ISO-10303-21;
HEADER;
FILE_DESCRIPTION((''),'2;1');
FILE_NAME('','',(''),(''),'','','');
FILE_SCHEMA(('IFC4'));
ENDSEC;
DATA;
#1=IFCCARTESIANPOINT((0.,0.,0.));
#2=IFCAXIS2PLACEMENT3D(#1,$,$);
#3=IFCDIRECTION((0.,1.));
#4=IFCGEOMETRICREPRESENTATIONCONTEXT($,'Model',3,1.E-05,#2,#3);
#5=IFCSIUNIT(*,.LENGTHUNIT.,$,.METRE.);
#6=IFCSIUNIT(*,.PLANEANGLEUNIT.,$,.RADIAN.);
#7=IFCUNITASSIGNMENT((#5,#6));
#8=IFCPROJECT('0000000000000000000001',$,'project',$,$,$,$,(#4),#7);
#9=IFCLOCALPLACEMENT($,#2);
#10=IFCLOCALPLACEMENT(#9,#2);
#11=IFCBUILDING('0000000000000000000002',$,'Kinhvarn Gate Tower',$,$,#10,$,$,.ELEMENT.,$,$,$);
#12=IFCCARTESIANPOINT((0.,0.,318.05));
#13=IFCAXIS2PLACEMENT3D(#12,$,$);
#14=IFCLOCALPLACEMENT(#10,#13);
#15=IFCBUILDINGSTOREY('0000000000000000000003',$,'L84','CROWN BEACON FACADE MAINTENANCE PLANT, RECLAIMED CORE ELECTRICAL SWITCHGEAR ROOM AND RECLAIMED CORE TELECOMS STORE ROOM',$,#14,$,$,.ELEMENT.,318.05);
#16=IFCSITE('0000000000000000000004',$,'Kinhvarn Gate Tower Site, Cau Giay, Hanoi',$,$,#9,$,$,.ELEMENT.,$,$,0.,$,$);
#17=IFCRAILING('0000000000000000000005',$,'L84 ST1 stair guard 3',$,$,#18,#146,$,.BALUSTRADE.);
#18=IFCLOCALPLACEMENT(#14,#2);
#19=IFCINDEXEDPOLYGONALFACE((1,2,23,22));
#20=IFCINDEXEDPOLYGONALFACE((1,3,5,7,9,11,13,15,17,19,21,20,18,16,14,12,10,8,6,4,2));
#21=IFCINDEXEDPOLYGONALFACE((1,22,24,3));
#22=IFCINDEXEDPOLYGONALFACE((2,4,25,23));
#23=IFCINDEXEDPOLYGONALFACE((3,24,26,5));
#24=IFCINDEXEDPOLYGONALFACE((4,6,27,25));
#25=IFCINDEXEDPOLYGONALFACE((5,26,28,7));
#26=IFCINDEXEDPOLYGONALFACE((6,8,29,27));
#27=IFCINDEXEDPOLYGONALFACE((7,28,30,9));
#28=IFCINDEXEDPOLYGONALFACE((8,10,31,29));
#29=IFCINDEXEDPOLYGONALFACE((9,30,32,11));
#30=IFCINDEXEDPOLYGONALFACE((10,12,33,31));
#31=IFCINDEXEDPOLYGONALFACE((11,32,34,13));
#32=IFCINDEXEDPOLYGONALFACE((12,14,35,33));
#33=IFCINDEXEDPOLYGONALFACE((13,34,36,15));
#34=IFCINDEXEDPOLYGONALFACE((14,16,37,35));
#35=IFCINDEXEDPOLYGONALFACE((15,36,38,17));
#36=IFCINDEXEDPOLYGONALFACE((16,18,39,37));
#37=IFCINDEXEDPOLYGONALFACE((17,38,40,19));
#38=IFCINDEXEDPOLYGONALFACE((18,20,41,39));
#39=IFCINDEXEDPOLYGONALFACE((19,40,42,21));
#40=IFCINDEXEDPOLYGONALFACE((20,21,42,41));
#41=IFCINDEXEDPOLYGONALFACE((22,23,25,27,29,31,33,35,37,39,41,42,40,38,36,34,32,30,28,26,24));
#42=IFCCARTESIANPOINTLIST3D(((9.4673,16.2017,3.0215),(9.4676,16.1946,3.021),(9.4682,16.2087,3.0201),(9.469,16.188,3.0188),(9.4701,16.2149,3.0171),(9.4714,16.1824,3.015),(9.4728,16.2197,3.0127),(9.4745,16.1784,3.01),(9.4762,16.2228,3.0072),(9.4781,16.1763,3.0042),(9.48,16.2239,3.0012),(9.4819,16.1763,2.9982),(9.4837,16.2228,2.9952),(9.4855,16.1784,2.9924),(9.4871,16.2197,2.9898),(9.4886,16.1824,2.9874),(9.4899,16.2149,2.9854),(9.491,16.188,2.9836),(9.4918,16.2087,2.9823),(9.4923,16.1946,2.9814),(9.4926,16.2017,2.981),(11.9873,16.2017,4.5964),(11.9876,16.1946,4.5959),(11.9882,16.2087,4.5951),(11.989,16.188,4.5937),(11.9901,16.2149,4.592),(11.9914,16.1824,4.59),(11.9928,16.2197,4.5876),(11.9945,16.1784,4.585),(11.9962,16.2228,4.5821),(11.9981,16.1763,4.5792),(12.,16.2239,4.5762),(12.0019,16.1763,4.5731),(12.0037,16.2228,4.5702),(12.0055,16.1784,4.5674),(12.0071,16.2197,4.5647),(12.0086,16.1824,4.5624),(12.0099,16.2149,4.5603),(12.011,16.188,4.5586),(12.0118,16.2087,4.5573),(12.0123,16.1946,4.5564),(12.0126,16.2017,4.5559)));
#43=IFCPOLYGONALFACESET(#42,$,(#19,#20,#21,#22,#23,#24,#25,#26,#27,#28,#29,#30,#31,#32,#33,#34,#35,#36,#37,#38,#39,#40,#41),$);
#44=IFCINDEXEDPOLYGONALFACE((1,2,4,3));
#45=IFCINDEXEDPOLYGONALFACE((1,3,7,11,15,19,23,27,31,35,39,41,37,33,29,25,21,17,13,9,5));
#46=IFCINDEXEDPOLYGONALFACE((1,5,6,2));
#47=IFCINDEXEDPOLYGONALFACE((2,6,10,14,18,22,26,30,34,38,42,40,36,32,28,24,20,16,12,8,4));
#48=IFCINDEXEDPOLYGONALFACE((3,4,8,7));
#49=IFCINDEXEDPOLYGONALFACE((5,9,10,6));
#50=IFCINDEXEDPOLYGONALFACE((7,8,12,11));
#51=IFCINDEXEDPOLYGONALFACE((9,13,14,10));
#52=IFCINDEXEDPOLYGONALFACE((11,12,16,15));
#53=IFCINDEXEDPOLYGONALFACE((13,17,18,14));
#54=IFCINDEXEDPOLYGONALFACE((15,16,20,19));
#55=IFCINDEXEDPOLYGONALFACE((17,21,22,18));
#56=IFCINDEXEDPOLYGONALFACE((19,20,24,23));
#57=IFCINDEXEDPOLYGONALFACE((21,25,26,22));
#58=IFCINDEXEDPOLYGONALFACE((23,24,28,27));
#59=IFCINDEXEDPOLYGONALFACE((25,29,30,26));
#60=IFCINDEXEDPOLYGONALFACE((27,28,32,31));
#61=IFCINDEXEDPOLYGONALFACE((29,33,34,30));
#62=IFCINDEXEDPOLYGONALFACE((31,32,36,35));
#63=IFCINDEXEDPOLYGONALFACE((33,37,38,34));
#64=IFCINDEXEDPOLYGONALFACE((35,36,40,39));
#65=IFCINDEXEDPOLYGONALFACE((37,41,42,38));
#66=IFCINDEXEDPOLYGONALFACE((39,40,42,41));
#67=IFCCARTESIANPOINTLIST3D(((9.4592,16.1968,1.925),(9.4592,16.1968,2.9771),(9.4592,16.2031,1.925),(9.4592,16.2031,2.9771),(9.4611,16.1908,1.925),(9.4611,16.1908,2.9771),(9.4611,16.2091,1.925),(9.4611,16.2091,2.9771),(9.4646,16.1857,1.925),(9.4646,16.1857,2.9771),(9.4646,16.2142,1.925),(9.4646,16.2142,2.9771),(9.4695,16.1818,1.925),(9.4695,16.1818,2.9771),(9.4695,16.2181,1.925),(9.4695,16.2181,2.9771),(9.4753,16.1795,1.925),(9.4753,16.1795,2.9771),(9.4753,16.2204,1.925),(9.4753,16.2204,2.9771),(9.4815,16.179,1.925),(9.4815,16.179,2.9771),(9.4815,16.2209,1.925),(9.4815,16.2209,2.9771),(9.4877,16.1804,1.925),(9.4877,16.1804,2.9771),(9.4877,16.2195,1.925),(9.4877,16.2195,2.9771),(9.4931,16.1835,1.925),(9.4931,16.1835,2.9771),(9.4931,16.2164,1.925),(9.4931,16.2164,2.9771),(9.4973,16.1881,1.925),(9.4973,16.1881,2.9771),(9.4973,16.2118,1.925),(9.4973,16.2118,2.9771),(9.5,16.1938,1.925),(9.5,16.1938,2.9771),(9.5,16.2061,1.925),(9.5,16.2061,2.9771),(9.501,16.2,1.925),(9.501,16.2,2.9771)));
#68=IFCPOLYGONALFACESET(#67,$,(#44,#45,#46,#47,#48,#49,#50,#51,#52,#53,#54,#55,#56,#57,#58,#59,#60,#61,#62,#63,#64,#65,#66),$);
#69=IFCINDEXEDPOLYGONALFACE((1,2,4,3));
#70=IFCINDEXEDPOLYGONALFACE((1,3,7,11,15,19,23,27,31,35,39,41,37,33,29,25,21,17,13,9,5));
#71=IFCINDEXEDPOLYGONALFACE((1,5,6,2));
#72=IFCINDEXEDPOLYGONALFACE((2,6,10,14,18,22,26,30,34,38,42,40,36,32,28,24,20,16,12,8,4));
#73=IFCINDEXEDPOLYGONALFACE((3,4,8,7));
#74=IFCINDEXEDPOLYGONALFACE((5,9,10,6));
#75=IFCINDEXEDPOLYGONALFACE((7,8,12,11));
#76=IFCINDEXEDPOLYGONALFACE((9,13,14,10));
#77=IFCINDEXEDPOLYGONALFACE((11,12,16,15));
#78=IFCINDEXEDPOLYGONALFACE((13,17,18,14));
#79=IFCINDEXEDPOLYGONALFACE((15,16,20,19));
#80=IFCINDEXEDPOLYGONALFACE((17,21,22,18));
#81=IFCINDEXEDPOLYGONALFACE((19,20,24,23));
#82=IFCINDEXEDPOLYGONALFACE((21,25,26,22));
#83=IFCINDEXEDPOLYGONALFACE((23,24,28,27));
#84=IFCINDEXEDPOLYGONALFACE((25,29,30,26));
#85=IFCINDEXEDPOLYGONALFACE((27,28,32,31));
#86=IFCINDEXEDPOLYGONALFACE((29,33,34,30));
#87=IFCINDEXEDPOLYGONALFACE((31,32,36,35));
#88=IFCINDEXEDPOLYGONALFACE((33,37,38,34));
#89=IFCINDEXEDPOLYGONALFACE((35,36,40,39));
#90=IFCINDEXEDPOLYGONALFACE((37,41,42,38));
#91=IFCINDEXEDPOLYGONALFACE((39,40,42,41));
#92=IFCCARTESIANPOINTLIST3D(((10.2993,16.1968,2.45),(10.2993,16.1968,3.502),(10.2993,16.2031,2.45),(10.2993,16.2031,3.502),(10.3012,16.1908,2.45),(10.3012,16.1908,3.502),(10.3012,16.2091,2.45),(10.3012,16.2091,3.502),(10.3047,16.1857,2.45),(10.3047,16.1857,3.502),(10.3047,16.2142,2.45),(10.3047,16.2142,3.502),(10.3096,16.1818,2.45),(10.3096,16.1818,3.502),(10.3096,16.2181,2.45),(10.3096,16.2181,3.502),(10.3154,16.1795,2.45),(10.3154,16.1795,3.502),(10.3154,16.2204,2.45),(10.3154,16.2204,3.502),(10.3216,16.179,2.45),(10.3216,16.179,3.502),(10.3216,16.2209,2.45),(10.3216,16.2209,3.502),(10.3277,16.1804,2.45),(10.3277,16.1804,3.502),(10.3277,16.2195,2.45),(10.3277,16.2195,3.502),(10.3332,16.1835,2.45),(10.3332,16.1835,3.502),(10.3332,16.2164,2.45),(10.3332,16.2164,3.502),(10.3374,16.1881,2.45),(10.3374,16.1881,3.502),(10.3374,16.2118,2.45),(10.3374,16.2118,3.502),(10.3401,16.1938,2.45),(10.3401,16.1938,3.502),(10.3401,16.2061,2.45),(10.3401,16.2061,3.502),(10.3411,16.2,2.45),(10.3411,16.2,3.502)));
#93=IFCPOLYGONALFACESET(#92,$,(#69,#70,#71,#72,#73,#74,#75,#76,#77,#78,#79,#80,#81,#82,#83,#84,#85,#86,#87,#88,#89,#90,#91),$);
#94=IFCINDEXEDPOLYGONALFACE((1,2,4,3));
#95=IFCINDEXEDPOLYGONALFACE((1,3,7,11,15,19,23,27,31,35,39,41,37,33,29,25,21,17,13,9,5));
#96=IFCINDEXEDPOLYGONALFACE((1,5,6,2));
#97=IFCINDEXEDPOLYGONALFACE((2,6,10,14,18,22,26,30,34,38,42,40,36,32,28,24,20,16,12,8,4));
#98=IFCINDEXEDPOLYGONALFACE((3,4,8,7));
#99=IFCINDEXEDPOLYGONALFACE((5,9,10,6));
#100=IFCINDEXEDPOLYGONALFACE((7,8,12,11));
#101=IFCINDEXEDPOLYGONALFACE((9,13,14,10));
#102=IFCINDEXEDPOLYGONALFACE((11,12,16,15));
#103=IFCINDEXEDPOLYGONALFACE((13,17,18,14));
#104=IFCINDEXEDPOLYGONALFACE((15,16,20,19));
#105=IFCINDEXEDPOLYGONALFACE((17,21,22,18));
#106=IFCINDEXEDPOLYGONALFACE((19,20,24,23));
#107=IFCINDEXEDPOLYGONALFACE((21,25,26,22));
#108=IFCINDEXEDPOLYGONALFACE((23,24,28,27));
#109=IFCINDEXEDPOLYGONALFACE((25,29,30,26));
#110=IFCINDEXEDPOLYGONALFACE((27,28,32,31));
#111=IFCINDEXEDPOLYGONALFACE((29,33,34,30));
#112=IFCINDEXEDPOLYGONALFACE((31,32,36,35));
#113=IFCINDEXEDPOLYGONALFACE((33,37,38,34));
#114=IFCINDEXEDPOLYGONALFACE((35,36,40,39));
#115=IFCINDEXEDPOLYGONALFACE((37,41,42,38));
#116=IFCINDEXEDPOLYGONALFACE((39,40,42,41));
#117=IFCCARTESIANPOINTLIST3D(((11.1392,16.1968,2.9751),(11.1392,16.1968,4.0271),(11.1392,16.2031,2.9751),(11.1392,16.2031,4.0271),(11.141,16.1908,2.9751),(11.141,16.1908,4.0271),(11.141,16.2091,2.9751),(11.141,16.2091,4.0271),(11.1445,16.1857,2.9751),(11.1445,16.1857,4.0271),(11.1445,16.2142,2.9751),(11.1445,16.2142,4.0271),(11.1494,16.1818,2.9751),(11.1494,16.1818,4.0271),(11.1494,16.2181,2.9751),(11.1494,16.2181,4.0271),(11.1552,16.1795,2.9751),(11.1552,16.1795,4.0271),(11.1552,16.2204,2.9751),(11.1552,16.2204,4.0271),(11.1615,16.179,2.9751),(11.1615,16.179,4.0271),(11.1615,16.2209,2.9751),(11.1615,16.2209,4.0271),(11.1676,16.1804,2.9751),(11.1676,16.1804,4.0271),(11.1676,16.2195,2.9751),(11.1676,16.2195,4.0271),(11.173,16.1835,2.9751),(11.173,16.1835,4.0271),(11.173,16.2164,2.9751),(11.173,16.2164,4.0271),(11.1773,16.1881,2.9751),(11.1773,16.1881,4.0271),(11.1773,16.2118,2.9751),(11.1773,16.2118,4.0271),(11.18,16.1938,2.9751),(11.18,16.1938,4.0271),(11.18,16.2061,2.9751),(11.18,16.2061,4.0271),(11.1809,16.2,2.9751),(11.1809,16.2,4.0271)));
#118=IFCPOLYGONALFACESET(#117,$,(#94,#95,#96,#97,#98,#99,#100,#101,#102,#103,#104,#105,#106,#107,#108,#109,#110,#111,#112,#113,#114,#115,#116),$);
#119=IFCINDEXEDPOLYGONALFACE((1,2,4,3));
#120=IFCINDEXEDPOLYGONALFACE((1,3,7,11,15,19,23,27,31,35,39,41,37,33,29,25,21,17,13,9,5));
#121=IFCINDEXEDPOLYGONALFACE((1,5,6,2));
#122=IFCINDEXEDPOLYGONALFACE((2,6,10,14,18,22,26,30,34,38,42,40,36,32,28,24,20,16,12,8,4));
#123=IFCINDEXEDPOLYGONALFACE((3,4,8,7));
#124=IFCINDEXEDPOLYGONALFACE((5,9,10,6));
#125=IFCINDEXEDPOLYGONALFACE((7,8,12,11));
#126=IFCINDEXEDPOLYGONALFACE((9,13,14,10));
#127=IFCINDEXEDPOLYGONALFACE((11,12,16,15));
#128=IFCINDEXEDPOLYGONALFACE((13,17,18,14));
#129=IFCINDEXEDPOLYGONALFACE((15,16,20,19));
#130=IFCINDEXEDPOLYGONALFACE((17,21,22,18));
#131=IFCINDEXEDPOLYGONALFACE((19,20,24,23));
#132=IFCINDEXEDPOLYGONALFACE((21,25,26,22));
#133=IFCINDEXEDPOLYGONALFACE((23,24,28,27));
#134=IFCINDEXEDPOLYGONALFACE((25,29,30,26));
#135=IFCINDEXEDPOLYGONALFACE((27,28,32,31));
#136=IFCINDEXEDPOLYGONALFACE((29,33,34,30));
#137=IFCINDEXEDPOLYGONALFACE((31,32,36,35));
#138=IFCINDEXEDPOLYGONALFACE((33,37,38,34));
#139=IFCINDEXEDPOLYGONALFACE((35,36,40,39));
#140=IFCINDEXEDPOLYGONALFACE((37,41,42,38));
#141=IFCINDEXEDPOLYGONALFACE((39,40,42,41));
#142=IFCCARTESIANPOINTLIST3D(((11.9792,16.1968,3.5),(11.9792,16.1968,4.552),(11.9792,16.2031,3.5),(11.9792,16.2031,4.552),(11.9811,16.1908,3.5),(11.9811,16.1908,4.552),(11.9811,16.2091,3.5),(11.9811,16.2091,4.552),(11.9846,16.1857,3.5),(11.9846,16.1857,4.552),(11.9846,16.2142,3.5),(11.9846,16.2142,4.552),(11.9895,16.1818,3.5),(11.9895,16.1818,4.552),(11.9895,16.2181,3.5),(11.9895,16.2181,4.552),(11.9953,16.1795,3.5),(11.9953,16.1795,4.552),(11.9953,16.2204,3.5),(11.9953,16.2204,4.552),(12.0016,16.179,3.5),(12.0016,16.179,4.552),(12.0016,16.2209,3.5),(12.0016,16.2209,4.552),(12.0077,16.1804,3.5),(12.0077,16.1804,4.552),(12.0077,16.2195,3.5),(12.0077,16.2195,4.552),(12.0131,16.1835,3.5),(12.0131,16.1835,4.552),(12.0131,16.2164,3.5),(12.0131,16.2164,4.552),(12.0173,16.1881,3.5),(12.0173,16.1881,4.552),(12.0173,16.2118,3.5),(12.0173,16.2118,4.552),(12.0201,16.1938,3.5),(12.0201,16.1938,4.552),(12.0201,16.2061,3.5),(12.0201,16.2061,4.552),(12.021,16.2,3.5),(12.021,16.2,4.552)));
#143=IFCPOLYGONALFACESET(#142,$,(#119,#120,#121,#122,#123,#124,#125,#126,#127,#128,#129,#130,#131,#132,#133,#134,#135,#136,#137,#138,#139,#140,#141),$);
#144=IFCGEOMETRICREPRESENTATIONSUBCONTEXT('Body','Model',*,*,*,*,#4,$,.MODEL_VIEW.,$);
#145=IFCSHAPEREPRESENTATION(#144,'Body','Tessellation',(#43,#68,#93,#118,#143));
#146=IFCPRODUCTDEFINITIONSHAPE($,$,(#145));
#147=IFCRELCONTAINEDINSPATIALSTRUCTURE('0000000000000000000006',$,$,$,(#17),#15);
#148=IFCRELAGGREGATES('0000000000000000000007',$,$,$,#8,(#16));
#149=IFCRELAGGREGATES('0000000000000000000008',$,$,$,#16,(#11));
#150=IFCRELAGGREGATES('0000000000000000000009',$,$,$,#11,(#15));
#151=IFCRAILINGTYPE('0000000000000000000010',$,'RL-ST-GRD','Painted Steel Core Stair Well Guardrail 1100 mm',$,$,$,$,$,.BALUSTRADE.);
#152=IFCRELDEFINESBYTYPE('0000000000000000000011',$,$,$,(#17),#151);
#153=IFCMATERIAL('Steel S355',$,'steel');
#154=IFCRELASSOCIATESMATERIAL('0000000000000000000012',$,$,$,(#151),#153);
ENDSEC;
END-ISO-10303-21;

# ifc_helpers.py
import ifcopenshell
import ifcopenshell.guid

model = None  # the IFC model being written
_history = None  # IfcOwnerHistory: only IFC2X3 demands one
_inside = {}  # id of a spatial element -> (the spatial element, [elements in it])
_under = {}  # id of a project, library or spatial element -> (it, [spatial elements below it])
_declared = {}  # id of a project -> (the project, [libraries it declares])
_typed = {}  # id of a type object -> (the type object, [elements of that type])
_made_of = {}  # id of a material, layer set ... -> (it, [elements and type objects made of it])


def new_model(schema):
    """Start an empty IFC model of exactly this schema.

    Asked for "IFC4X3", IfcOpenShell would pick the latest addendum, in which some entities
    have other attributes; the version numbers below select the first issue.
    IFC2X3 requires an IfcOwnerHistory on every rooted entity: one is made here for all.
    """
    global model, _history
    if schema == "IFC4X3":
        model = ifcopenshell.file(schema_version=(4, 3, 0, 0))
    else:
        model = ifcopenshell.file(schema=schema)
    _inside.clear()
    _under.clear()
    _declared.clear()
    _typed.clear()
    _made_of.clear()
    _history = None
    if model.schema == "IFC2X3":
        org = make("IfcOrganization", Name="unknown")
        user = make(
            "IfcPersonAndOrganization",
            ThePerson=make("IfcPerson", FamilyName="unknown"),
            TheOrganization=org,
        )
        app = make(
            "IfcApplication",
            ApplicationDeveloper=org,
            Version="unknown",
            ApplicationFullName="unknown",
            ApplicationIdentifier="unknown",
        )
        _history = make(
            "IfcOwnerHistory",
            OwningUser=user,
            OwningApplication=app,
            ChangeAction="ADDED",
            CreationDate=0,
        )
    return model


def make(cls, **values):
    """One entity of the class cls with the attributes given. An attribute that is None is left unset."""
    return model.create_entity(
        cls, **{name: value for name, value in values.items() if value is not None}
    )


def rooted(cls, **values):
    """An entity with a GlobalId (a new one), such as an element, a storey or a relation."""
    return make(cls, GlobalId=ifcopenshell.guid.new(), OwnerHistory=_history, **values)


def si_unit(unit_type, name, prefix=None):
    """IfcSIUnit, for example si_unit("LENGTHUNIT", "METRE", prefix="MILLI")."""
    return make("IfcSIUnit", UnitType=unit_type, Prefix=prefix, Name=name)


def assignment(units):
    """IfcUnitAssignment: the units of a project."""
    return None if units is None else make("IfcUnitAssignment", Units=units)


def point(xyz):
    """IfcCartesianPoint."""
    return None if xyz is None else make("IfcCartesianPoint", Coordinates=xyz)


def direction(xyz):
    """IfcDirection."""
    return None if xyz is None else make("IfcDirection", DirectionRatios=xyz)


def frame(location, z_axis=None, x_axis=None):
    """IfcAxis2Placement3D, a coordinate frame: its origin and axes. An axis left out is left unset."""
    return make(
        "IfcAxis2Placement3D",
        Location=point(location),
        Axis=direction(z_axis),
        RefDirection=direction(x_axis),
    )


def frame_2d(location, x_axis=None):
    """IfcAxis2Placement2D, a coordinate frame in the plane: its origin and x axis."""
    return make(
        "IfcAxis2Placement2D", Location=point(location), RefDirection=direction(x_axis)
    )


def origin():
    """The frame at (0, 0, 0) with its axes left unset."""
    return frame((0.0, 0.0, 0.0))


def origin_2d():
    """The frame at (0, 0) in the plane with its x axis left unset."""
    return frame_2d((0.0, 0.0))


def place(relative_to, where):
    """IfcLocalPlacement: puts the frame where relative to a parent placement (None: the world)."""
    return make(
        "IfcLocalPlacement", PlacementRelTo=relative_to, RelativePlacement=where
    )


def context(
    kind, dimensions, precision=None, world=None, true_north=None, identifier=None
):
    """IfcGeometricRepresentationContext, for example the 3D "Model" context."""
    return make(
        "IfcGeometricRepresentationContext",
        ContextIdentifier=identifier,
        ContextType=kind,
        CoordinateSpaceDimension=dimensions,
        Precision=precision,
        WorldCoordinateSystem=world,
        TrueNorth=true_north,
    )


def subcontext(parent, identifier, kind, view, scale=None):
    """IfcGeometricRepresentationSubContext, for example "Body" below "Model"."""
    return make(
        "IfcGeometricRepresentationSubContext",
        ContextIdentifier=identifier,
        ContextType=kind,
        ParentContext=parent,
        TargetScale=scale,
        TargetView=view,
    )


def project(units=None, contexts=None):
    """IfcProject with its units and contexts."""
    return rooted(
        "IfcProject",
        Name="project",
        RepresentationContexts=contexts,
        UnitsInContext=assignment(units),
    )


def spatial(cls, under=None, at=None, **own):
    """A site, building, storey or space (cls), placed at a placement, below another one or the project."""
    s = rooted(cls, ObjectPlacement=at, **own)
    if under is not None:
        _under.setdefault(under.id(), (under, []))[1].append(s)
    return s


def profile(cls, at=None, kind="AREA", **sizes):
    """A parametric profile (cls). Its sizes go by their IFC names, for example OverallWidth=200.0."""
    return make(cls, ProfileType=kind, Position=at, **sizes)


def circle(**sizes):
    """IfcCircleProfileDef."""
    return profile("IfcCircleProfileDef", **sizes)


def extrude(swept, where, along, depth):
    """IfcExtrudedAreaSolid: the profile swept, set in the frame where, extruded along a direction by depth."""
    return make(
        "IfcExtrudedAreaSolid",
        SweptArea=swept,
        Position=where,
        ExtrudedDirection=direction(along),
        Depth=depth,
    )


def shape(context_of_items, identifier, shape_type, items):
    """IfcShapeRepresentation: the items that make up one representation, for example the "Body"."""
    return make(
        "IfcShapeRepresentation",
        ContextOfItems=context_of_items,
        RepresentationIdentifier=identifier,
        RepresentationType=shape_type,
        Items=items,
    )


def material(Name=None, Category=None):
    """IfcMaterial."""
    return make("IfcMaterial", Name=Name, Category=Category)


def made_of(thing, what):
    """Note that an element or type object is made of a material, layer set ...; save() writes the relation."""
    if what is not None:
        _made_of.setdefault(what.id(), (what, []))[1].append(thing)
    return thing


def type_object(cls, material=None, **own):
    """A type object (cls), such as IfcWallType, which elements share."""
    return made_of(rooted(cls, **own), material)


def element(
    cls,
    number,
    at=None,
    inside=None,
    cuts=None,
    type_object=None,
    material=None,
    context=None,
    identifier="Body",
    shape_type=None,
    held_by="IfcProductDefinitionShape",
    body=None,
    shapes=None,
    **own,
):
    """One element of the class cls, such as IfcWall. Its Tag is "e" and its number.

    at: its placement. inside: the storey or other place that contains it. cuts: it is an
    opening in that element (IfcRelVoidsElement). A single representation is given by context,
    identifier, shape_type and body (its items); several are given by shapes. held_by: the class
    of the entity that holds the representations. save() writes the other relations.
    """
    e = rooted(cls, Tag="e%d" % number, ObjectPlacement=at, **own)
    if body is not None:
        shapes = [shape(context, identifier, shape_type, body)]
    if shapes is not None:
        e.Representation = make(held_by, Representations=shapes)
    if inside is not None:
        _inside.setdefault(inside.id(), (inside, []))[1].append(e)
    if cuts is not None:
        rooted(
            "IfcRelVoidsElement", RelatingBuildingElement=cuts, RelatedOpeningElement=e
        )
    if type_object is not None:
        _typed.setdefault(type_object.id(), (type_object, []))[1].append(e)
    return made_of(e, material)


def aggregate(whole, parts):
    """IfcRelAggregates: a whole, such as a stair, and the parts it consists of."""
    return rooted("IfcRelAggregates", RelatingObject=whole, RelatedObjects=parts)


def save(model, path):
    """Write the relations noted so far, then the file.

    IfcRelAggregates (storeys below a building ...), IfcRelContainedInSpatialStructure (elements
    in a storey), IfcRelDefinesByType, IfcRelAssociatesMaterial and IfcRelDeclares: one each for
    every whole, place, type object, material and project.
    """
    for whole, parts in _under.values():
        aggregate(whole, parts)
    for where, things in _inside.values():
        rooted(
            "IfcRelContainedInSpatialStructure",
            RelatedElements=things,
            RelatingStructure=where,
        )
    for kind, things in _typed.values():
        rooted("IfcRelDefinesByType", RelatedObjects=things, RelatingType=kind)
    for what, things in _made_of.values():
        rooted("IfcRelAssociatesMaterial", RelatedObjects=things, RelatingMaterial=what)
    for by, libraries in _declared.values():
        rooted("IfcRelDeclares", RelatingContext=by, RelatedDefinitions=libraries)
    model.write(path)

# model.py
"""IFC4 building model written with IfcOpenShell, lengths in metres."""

from ifc_helpers import new_model, si_unit, direction, frame, origin, origin_2d, place, context, subcontext, project, spatial, circle, extrude, material, type_object, element, save


model = new_model("IFC4")

# Units and contexts
model_context = context("Model", 3, precision=1e-05, world=origin(), true_north=direction((0.0, 1.0)))
body_context = subcontext(model_context, "Body", "Model", "MODEL_VIEW")
ifc_project = project(units=[si_unit("LENGTHUNIT", "METRE"), si_unit("PLANEANGLEUNIT", "RADIAN")], contexts=[model_context])

# Site, building, storey
site_placement = place(None, origin())
site = spatial("IfcSite", under=ifc_project, at=site_placement, Name="Kinhvarn Gate Tower Site, Cau Giay, Hanoi", CompositionType="ELEMENT", RefElevation=0.0)
building_placement = place(site_placement, origin())
building = spatial("IfcBuilding", under=site, at=building_placement, Name="Kinhvarn Gate Tower", CompositionType="ELEMENT")
storey_placement = place(building_placement, frame((0.0, 0.0, 318.05)))
storey = spatial("IfcBuildingStorey", under=building, at=storey_placement, Name="L84", Description="CROWN BEACON FACADE MAINTENANCE PLANT, RECLAIMED CORE ELECTRICAL SWITCHGEAR ROOM AND RECLAIMED CORE TELECOMS STORE ROOM", CompositionType="ELEMENT", Elevation=318.05)

# Railing
ifc_material_1 = material(Name="Steel S355", Category="steel")
railing_type_1 = type_object("IfcRailingType", Name="RL-ST-GRD", Description="Painted Steel Core Stair Well Guardrail 1100 mm", PredefinedType="BALUSTRADE", material=ifc_material_1)
railing_1_placement = place(storey_placement, frame((9.48, 16.2, 1.925)))
element("IfcRailing", 1, at=railing_1_placement, inside=storey, type_object=railing_type_1, Name="L84 ST1 stair guard 3", PredefinedType="BALUSTRADE", context=body_context, shape_type="SweptSolid", body=[
    extrude(circle(Radius=0.0239, at=origin_2d()), frame((0.0, 0.0, 1.0762), z_axis=(0.848008, 0.0, 0.529984), x_axis=(0.0, 1.0, 0.0)), (0.0, 0.0, 1.0), 2.9717),
    extrude(circle(Radius=0.021, at=origin_2d()), origin(), (0.0, 0.0, 1.0), 1.052),
    extrude(circle(Radius=0.021, at=origin_2d()), frame((0.8401, 0.0, 0.5249)), (0.0, 0.0, 1.0), 1.052),
    extrude(circle(Radius=0.021, at=origin_2d()), frame((1.6799, 0.0, 1.05)), (0.0, 0.0, 1.0), 1.052),
    extrude(circle(Radius=0.021, at=origin_2d()), frame((2.52, 0.0, 1.575)), (0.0, 0.0, 1.0), 1.052),
])

save(model, "model.ifc")
